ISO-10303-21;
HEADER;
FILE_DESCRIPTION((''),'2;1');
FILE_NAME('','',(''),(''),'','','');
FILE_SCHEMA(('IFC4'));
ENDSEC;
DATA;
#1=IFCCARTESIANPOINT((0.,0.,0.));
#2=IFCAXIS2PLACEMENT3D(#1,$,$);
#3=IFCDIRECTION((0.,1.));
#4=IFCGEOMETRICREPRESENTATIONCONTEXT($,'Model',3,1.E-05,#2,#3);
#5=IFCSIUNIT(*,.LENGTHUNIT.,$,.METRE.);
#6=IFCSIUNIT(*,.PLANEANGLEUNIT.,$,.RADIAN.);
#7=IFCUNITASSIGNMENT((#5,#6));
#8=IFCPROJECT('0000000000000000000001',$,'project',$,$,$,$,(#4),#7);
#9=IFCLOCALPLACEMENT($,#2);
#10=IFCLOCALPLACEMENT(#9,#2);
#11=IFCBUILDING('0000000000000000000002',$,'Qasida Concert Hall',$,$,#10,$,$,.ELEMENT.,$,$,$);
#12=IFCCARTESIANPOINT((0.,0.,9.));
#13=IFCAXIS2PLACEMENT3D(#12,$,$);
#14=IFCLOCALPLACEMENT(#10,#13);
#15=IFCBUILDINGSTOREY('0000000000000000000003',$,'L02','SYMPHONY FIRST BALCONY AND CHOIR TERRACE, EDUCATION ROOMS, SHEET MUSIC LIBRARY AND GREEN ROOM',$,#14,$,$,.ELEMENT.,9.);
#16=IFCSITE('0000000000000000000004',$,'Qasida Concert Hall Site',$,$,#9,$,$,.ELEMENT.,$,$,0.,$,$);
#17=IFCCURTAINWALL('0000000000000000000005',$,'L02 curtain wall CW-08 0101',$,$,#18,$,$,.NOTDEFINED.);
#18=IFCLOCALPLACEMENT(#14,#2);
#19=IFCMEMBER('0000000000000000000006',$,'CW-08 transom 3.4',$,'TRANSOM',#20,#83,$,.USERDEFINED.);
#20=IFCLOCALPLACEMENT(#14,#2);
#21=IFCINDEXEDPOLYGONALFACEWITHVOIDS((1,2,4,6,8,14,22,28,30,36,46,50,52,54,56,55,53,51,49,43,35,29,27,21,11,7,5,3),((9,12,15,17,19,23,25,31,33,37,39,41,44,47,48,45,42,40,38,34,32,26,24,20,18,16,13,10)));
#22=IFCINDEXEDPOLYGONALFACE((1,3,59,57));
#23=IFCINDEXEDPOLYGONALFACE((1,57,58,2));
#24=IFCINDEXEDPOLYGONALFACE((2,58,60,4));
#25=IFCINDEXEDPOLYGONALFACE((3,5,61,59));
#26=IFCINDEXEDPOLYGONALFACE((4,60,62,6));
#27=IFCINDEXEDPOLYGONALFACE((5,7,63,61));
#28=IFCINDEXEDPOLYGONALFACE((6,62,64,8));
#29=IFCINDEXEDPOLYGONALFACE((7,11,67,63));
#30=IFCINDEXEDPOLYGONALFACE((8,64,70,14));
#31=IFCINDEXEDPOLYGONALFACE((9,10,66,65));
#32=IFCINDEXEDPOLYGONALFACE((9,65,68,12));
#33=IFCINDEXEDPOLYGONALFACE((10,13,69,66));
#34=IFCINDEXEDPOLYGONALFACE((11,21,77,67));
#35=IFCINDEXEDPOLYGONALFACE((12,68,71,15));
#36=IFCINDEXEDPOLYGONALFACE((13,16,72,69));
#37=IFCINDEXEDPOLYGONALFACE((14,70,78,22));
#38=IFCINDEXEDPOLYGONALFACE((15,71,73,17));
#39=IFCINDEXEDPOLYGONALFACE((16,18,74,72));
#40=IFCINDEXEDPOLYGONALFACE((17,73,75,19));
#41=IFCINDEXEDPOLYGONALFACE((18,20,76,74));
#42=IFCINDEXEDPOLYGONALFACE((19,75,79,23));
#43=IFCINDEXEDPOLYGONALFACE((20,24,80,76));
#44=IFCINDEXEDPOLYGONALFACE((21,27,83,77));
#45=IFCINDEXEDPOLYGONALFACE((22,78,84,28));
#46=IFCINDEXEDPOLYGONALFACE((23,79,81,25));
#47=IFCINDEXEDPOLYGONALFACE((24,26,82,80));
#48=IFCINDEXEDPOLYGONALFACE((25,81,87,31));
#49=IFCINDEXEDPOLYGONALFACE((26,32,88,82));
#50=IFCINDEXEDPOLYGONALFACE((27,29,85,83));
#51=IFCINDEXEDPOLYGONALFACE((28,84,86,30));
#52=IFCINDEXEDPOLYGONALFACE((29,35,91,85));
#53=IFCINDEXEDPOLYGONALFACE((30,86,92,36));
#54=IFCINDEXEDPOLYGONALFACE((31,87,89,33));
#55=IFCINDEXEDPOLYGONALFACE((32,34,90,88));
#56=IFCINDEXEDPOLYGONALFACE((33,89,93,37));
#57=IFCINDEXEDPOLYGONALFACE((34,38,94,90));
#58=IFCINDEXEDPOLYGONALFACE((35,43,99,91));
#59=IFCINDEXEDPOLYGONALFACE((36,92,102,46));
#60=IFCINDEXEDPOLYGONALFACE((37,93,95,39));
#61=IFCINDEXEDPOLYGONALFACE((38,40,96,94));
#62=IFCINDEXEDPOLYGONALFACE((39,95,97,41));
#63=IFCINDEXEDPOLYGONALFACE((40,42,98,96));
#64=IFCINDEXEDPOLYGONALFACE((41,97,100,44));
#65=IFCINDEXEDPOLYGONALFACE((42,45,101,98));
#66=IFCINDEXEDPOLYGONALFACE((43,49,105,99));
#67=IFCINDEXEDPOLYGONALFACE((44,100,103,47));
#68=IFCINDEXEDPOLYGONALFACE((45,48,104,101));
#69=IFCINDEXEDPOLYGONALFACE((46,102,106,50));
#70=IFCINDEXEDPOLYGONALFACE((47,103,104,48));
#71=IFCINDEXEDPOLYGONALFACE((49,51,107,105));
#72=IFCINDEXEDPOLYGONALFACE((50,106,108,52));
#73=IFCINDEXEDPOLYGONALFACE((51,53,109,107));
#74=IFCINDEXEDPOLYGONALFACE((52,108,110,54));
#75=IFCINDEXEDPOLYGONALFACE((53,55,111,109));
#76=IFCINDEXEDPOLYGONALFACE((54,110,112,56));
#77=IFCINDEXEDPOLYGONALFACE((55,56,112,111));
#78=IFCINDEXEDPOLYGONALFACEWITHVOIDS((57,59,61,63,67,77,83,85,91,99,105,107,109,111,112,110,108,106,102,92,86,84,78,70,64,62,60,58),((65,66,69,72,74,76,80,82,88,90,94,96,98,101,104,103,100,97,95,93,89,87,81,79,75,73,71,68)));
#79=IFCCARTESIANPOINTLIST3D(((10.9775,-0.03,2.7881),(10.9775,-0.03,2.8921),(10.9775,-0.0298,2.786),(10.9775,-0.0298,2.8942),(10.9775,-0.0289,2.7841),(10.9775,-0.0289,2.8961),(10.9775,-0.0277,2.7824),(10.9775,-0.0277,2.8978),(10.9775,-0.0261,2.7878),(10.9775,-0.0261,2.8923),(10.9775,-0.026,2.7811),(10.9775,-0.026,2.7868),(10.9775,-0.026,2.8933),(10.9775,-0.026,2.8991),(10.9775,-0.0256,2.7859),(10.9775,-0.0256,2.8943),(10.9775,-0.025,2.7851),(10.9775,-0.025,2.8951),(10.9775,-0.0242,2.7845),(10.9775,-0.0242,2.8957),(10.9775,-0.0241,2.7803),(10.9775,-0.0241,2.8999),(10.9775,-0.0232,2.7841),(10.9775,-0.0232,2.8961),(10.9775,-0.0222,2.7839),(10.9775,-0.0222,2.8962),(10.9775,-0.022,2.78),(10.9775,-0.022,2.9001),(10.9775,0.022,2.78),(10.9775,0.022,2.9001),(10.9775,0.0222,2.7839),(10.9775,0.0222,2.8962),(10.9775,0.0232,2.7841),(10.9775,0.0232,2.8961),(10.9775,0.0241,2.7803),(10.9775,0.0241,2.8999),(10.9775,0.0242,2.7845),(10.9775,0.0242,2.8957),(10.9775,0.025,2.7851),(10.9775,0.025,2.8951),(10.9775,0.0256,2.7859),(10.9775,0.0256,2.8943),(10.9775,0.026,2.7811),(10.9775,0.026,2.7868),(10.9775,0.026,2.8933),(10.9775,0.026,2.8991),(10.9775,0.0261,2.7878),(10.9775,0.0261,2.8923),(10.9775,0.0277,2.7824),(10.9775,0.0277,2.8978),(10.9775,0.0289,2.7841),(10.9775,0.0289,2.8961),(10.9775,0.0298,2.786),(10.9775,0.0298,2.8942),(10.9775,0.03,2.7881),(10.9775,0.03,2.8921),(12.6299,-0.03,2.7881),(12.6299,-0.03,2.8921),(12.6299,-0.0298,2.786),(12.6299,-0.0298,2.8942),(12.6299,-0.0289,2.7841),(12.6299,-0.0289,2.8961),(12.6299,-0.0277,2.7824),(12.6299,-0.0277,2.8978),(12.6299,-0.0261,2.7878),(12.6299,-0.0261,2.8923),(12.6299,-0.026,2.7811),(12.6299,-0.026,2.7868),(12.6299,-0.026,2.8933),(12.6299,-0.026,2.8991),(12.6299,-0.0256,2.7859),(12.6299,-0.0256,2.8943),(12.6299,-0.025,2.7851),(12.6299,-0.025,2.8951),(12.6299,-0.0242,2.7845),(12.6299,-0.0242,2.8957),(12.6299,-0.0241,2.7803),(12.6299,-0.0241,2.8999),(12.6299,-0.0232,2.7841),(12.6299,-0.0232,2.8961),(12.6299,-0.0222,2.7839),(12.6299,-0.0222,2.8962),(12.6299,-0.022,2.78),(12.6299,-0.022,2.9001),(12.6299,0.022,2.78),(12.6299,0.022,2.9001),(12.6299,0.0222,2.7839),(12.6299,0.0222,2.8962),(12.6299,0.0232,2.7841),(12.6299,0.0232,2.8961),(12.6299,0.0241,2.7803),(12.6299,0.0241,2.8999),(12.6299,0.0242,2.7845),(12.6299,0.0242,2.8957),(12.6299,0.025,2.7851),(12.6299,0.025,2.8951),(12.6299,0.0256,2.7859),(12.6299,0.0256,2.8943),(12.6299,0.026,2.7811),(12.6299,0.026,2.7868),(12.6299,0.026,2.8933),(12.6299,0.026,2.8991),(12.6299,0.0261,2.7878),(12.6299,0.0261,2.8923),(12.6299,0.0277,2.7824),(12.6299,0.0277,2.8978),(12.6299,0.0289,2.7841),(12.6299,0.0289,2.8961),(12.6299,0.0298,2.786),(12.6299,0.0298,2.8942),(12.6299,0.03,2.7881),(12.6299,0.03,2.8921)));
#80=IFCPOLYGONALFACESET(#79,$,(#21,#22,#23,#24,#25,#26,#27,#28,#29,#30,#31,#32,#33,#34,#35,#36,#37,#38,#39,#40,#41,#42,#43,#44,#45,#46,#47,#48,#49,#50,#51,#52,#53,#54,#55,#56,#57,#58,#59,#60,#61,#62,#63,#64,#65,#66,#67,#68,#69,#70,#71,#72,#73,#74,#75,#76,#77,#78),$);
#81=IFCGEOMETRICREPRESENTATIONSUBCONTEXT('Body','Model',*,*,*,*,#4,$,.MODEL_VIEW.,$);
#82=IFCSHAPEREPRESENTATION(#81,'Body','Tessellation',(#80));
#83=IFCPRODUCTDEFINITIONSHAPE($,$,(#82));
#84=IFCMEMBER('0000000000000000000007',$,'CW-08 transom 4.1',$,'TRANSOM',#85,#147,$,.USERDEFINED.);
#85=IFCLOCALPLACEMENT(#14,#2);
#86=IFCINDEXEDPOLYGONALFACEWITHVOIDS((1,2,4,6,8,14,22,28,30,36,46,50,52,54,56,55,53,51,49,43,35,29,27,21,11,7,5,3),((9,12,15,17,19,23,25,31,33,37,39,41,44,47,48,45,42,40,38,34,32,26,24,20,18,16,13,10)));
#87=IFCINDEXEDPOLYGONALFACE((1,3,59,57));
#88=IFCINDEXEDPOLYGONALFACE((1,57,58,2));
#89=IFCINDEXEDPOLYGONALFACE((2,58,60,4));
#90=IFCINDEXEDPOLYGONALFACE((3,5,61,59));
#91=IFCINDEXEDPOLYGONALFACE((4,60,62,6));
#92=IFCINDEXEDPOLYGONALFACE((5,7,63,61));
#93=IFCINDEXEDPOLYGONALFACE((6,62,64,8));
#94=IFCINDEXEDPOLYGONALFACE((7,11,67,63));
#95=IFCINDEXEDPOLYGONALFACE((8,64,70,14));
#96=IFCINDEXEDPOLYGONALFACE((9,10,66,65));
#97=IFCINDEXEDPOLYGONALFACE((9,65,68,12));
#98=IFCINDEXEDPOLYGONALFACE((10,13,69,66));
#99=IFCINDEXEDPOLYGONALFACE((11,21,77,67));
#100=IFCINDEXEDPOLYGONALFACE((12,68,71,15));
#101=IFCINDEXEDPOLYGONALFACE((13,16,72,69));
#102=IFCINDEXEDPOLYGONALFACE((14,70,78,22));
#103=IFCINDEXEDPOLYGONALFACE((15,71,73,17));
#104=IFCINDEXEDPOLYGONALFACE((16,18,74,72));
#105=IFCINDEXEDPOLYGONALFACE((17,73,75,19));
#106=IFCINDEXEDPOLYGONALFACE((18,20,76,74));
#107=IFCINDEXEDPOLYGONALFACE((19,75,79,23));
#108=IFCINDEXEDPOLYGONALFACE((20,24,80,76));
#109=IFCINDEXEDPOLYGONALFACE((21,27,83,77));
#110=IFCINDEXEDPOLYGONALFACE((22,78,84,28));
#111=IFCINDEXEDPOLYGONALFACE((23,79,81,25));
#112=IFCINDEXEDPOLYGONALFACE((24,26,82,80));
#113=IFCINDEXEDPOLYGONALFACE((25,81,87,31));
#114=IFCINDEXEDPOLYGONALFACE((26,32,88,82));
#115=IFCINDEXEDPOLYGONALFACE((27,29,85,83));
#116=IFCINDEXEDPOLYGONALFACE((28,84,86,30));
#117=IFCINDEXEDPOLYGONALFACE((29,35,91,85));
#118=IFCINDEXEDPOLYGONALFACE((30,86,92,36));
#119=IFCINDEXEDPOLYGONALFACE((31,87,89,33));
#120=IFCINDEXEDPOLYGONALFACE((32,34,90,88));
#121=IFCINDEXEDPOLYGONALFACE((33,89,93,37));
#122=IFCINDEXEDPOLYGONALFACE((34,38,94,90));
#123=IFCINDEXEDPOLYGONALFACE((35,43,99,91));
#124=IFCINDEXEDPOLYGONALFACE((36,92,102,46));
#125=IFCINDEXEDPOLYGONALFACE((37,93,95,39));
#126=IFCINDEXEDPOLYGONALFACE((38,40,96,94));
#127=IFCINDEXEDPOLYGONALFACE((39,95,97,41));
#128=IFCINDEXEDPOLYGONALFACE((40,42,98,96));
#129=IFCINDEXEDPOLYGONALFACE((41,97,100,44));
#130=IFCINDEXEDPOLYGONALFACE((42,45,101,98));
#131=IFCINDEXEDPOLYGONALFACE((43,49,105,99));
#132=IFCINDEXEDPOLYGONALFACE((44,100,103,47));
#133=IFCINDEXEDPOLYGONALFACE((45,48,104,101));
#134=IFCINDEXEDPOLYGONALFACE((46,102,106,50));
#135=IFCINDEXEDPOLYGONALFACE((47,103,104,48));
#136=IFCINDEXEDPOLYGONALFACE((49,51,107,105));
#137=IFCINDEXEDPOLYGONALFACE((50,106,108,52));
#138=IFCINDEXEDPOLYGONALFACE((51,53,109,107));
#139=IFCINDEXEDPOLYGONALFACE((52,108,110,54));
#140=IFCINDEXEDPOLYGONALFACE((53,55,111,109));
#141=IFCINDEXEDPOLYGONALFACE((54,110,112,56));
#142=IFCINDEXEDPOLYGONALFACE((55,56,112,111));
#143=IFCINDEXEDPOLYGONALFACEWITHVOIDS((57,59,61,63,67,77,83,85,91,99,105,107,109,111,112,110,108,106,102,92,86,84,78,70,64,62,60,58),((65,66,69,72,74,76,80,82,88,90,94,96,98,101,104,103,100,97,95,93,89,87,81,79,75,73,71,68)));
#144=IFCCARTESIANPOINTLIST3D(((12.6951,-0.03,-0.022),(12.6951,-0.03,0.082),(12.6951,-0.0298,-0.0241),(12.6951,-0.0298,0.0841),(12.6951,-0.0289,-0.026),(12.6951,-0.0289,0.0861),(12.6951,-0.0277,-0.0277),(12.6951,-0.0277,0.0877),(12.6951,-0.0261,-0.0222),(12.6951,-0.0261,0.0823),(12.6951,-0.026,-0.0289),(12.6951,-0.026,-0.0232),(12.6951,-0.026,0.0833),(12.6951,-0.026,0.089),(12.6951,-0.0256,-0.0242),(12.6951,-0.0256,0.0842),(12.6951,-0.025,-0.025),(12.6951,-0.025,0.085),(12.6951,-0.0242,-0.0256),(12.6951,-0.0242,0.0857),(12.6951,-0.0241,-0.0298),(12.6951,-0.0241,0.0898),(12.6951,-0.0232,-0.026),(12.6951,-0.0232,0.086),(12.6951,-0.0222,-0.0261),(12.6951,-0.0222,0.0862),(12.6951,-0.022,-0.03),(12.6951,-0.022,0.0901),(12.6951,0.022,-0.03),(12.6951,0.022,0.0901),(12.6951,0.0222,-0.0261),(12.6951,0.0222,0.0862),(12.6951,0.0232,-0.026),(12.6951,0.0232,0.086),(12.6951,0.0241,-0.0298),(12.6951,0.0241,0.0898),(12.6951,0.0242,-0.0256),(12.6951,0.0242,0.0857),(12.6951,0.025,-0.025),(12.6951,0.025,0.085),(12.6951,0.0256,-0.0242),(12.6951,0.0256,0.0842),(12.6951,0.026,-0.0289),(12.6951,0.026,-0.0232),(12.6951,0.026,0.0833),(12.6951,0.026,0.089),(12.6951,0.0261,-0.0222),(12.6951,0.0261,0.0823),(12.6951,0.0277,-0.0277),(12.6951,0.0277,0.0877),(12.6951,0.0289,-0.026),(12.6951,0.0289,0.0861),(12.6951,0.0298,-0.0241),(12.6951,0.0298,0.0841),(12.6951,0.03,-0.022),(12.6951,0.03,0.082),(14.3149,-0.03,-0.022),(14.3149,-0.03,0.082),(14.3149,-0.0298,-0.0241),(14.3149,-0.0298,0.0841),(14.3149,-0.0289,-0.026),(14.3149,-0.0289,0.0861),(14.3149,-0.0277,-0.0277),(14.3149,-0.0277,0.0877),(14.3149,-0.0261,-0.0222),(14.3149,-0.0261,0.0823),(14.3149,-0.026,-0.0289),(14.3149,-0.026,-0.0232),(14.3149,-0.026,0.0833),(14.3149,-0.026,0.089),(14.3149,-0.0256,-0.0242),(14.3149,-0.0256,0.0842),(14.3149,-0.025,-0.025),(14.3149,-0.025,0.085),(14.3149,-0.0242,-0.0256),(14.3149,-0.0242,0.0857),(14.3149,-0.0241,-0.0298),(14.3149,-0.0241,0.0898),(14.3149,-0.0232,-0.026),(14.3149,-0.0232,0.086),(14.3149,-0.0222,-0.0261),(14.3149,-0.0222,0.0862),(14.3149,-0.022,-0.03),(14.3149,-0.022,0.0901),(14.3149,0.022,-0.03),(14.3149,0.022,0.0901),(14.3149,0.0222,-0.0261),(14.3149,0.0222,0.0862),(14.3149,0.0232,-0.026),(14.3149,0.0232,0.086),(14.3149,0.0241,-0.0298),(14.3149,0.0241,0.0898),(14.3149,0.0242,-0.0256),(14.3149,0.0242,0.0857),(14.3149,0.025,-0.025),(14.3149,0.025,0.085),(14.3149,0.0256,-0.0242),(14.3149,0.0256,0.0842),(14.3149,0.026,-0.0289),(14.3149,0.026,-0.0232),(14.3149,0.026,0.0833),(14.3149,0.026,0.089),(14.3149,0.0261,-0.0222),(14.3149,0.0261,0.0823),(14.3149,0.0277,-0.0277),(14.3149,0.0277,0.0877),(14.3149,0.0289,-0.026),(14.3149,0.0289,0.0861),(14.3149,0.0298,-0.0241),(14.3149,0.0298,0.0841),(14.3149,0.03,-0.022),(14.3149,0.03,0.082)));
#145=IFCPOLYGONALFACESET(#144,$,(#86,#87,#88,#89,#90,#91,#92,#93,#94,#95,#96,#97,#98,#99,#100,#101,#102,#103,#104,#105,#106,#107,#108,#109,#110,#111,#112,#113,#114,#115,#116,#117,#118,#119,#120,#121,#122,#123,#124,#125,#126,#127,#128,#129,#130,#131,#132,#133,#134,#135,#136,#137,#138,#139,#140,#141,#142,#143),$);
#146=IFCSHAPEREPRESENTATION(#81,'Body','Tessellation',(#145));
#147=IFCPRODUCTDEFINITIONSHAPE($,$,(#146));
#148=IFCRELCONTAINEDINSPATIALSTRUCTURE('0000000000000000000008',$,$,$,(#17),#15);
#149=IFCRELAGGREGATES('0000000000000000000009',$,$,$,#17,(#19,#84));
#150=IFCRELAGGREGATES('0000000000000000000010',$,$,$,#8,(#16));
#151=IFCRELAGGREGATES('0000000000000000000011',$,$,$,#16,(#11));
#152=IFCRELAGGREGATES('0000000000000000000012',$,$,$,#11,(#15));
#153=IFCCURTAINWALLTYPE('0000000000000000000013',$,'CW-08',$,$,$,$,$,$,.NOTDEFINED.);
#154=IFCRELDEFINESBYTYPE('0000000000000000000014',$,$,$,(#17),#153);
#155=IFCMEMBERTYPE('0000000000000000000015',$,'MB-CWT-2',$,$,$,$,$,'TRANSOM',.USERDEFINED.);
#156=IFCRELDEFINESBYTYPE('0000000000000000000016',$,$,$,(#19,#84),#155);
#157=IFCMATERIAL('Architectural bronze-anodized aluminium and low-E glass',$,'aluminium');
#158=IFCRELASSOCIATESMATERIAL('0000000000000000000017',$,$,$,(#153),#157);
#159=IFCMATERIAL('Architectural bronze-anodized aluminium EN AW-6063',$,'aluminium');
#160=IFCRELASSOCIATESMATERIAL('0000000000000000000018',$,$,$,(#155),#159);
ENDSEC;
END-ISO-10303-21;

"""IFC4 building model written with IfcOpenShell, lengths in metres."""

from ifc_helpers import new_model, si_unit, direction, frame, origin, origin_2d, place, context, subcontext, project, spatial, hollow_rectangle, extrude, material, material_profile, profile_set, type_object, element, aggregate, save


model = new_model("IFC4")

# Units and contexts
model_context = context("Model", 3, precision=1e-05, world=origin(), true_north=direction((0.0, 1.0)))
body_context = subcontext(model_context, "Body", "Model", "MODEL_VIEW")
ifc_project = project(units=[si_unit("LENGTHUNIT", "METRE"), si_unit("PLANEANGLEUNIT", "RADIAN")], contexts=[model_context])

# Site, building, storey
site_placement = place(None, origin())
site = spatial("IfcSite", under=ifc_project, at=site_placement, Name="Qasida Concert Hall Site", CompositionType="ELEMENT", RefElevation=0.0)
building_placement = place(site_placement, origin())
building = spatial("IfcBuilding", under=site, at=building_placement, Name="Qasida Concert Hall", CompositionType="ELEMENT")
storey_placement = place(building_placement, frame((0.0, 0.0, 9.0)))
storey = spatial("IfcBuildingStorey", under=building, at=storey_placement, Name="L02", Description="SYMPHONY FIRST BALCONY AND CHOIR TERRACE, EDUCATION ROOMS, SHEET MUSIC LIBRARY AND GREEN ROOM", CompositionType="ELEMENT", Elevation=9.0)

# Curtain wall, members
ifc_material_1 = material(Name="Architectural bronze-anodized aluminium and low-E glass", Category="aluminium")
curtain_wall_type = type_object("IfcCurtainWallType", Name="CW-08", PredefinedType="NOTDEFINED", material=ifc_material_1)
curtain_wall_placement = place(storey_placement, origin())
curtain_wall = element("IfcCurtainWall", 1, at=curtain_wall_placement, inside=storey, type_object=curtain_wall_type, Name="L02 curtain wall CW-08 0101", PredefinedType="NOTDEFINED")
ifc_material_2 = material(Name="Architectural bronze-anodized aluminium EN AW-6063", Category="aluminium")
ifc_material_profile_1 = material_profile(ifc_material_2, hollow_rectangle(XDim=0.0601, YDim=0.1201, WallThickness=0.0039, InnerFilletRadius=0.0039, OuterFilletRadius=0.0081, at=origin_2d()), Name="CWT 120x60x4")
ifc_profile_set_1 = profile_set([ifc_material_profile_1], Name="Architectural bronze-anodized aluminium EN AW-6063")
member_type_1 = type_object("IfcMemberType", Name="MB-CWT-2", ElementType="TRANSOM", PredefinedType="USERDEFINED", material=ifc_profile_set_1)
member_1_placement = place(storey_placement, frame((10.9775, 0.0, 2.8401), z_axis=(1.0, 0.0, 0.0), x_axis=(0.0, 1.0, 0.0)))
member_1 = element("IfcMember", 2, at=member_1_placement, type_object=member_type_1, Name="CW-08 transom 3.4", ObjectType="TRANSOM", PredefinedType="USERDEFINED", context=body_context, shape_type="SweptSolid", body=[
    extrude(hollow_rectangle(XDim=0.0601, YDim=0.1201, WallThickness=0.0039, InnerFilletRadius=0.0039, OuterFilletRadius=0.0081, at=origin_2d()), origin(), (0.0, 0.0, 1.0), 1.6523),
])
member_2_placement = place(storey_placement, frame((12.6951, 0.0, 0.03), z_axis=(1.0, 0.0, 0.0), x_axis=(0.0, 1.0, 0.0)))
member_2 = element("IfcMember", 3, at=member_2_placement, type_object=member_type_1, Name="CW-08 transom 4.1", ObjectType="TRANSOM", PredefinedType="USERDEFINED", context=body_context, shape_type="SweptSolid", body=[
    extrude(hollow_rectangle(XDim=0.0601, YDim=0.1201, WallThickness=0.0039, InnerFilletRadius=0.0039, OuterFilletRadius=0.0081, at=origin_2d()), origin(), (0.0, 0.0, 1.0), 1.6199),
])
aggregate(curtain_wall, [member_1, member_2])

save(model, "model.ifc")
